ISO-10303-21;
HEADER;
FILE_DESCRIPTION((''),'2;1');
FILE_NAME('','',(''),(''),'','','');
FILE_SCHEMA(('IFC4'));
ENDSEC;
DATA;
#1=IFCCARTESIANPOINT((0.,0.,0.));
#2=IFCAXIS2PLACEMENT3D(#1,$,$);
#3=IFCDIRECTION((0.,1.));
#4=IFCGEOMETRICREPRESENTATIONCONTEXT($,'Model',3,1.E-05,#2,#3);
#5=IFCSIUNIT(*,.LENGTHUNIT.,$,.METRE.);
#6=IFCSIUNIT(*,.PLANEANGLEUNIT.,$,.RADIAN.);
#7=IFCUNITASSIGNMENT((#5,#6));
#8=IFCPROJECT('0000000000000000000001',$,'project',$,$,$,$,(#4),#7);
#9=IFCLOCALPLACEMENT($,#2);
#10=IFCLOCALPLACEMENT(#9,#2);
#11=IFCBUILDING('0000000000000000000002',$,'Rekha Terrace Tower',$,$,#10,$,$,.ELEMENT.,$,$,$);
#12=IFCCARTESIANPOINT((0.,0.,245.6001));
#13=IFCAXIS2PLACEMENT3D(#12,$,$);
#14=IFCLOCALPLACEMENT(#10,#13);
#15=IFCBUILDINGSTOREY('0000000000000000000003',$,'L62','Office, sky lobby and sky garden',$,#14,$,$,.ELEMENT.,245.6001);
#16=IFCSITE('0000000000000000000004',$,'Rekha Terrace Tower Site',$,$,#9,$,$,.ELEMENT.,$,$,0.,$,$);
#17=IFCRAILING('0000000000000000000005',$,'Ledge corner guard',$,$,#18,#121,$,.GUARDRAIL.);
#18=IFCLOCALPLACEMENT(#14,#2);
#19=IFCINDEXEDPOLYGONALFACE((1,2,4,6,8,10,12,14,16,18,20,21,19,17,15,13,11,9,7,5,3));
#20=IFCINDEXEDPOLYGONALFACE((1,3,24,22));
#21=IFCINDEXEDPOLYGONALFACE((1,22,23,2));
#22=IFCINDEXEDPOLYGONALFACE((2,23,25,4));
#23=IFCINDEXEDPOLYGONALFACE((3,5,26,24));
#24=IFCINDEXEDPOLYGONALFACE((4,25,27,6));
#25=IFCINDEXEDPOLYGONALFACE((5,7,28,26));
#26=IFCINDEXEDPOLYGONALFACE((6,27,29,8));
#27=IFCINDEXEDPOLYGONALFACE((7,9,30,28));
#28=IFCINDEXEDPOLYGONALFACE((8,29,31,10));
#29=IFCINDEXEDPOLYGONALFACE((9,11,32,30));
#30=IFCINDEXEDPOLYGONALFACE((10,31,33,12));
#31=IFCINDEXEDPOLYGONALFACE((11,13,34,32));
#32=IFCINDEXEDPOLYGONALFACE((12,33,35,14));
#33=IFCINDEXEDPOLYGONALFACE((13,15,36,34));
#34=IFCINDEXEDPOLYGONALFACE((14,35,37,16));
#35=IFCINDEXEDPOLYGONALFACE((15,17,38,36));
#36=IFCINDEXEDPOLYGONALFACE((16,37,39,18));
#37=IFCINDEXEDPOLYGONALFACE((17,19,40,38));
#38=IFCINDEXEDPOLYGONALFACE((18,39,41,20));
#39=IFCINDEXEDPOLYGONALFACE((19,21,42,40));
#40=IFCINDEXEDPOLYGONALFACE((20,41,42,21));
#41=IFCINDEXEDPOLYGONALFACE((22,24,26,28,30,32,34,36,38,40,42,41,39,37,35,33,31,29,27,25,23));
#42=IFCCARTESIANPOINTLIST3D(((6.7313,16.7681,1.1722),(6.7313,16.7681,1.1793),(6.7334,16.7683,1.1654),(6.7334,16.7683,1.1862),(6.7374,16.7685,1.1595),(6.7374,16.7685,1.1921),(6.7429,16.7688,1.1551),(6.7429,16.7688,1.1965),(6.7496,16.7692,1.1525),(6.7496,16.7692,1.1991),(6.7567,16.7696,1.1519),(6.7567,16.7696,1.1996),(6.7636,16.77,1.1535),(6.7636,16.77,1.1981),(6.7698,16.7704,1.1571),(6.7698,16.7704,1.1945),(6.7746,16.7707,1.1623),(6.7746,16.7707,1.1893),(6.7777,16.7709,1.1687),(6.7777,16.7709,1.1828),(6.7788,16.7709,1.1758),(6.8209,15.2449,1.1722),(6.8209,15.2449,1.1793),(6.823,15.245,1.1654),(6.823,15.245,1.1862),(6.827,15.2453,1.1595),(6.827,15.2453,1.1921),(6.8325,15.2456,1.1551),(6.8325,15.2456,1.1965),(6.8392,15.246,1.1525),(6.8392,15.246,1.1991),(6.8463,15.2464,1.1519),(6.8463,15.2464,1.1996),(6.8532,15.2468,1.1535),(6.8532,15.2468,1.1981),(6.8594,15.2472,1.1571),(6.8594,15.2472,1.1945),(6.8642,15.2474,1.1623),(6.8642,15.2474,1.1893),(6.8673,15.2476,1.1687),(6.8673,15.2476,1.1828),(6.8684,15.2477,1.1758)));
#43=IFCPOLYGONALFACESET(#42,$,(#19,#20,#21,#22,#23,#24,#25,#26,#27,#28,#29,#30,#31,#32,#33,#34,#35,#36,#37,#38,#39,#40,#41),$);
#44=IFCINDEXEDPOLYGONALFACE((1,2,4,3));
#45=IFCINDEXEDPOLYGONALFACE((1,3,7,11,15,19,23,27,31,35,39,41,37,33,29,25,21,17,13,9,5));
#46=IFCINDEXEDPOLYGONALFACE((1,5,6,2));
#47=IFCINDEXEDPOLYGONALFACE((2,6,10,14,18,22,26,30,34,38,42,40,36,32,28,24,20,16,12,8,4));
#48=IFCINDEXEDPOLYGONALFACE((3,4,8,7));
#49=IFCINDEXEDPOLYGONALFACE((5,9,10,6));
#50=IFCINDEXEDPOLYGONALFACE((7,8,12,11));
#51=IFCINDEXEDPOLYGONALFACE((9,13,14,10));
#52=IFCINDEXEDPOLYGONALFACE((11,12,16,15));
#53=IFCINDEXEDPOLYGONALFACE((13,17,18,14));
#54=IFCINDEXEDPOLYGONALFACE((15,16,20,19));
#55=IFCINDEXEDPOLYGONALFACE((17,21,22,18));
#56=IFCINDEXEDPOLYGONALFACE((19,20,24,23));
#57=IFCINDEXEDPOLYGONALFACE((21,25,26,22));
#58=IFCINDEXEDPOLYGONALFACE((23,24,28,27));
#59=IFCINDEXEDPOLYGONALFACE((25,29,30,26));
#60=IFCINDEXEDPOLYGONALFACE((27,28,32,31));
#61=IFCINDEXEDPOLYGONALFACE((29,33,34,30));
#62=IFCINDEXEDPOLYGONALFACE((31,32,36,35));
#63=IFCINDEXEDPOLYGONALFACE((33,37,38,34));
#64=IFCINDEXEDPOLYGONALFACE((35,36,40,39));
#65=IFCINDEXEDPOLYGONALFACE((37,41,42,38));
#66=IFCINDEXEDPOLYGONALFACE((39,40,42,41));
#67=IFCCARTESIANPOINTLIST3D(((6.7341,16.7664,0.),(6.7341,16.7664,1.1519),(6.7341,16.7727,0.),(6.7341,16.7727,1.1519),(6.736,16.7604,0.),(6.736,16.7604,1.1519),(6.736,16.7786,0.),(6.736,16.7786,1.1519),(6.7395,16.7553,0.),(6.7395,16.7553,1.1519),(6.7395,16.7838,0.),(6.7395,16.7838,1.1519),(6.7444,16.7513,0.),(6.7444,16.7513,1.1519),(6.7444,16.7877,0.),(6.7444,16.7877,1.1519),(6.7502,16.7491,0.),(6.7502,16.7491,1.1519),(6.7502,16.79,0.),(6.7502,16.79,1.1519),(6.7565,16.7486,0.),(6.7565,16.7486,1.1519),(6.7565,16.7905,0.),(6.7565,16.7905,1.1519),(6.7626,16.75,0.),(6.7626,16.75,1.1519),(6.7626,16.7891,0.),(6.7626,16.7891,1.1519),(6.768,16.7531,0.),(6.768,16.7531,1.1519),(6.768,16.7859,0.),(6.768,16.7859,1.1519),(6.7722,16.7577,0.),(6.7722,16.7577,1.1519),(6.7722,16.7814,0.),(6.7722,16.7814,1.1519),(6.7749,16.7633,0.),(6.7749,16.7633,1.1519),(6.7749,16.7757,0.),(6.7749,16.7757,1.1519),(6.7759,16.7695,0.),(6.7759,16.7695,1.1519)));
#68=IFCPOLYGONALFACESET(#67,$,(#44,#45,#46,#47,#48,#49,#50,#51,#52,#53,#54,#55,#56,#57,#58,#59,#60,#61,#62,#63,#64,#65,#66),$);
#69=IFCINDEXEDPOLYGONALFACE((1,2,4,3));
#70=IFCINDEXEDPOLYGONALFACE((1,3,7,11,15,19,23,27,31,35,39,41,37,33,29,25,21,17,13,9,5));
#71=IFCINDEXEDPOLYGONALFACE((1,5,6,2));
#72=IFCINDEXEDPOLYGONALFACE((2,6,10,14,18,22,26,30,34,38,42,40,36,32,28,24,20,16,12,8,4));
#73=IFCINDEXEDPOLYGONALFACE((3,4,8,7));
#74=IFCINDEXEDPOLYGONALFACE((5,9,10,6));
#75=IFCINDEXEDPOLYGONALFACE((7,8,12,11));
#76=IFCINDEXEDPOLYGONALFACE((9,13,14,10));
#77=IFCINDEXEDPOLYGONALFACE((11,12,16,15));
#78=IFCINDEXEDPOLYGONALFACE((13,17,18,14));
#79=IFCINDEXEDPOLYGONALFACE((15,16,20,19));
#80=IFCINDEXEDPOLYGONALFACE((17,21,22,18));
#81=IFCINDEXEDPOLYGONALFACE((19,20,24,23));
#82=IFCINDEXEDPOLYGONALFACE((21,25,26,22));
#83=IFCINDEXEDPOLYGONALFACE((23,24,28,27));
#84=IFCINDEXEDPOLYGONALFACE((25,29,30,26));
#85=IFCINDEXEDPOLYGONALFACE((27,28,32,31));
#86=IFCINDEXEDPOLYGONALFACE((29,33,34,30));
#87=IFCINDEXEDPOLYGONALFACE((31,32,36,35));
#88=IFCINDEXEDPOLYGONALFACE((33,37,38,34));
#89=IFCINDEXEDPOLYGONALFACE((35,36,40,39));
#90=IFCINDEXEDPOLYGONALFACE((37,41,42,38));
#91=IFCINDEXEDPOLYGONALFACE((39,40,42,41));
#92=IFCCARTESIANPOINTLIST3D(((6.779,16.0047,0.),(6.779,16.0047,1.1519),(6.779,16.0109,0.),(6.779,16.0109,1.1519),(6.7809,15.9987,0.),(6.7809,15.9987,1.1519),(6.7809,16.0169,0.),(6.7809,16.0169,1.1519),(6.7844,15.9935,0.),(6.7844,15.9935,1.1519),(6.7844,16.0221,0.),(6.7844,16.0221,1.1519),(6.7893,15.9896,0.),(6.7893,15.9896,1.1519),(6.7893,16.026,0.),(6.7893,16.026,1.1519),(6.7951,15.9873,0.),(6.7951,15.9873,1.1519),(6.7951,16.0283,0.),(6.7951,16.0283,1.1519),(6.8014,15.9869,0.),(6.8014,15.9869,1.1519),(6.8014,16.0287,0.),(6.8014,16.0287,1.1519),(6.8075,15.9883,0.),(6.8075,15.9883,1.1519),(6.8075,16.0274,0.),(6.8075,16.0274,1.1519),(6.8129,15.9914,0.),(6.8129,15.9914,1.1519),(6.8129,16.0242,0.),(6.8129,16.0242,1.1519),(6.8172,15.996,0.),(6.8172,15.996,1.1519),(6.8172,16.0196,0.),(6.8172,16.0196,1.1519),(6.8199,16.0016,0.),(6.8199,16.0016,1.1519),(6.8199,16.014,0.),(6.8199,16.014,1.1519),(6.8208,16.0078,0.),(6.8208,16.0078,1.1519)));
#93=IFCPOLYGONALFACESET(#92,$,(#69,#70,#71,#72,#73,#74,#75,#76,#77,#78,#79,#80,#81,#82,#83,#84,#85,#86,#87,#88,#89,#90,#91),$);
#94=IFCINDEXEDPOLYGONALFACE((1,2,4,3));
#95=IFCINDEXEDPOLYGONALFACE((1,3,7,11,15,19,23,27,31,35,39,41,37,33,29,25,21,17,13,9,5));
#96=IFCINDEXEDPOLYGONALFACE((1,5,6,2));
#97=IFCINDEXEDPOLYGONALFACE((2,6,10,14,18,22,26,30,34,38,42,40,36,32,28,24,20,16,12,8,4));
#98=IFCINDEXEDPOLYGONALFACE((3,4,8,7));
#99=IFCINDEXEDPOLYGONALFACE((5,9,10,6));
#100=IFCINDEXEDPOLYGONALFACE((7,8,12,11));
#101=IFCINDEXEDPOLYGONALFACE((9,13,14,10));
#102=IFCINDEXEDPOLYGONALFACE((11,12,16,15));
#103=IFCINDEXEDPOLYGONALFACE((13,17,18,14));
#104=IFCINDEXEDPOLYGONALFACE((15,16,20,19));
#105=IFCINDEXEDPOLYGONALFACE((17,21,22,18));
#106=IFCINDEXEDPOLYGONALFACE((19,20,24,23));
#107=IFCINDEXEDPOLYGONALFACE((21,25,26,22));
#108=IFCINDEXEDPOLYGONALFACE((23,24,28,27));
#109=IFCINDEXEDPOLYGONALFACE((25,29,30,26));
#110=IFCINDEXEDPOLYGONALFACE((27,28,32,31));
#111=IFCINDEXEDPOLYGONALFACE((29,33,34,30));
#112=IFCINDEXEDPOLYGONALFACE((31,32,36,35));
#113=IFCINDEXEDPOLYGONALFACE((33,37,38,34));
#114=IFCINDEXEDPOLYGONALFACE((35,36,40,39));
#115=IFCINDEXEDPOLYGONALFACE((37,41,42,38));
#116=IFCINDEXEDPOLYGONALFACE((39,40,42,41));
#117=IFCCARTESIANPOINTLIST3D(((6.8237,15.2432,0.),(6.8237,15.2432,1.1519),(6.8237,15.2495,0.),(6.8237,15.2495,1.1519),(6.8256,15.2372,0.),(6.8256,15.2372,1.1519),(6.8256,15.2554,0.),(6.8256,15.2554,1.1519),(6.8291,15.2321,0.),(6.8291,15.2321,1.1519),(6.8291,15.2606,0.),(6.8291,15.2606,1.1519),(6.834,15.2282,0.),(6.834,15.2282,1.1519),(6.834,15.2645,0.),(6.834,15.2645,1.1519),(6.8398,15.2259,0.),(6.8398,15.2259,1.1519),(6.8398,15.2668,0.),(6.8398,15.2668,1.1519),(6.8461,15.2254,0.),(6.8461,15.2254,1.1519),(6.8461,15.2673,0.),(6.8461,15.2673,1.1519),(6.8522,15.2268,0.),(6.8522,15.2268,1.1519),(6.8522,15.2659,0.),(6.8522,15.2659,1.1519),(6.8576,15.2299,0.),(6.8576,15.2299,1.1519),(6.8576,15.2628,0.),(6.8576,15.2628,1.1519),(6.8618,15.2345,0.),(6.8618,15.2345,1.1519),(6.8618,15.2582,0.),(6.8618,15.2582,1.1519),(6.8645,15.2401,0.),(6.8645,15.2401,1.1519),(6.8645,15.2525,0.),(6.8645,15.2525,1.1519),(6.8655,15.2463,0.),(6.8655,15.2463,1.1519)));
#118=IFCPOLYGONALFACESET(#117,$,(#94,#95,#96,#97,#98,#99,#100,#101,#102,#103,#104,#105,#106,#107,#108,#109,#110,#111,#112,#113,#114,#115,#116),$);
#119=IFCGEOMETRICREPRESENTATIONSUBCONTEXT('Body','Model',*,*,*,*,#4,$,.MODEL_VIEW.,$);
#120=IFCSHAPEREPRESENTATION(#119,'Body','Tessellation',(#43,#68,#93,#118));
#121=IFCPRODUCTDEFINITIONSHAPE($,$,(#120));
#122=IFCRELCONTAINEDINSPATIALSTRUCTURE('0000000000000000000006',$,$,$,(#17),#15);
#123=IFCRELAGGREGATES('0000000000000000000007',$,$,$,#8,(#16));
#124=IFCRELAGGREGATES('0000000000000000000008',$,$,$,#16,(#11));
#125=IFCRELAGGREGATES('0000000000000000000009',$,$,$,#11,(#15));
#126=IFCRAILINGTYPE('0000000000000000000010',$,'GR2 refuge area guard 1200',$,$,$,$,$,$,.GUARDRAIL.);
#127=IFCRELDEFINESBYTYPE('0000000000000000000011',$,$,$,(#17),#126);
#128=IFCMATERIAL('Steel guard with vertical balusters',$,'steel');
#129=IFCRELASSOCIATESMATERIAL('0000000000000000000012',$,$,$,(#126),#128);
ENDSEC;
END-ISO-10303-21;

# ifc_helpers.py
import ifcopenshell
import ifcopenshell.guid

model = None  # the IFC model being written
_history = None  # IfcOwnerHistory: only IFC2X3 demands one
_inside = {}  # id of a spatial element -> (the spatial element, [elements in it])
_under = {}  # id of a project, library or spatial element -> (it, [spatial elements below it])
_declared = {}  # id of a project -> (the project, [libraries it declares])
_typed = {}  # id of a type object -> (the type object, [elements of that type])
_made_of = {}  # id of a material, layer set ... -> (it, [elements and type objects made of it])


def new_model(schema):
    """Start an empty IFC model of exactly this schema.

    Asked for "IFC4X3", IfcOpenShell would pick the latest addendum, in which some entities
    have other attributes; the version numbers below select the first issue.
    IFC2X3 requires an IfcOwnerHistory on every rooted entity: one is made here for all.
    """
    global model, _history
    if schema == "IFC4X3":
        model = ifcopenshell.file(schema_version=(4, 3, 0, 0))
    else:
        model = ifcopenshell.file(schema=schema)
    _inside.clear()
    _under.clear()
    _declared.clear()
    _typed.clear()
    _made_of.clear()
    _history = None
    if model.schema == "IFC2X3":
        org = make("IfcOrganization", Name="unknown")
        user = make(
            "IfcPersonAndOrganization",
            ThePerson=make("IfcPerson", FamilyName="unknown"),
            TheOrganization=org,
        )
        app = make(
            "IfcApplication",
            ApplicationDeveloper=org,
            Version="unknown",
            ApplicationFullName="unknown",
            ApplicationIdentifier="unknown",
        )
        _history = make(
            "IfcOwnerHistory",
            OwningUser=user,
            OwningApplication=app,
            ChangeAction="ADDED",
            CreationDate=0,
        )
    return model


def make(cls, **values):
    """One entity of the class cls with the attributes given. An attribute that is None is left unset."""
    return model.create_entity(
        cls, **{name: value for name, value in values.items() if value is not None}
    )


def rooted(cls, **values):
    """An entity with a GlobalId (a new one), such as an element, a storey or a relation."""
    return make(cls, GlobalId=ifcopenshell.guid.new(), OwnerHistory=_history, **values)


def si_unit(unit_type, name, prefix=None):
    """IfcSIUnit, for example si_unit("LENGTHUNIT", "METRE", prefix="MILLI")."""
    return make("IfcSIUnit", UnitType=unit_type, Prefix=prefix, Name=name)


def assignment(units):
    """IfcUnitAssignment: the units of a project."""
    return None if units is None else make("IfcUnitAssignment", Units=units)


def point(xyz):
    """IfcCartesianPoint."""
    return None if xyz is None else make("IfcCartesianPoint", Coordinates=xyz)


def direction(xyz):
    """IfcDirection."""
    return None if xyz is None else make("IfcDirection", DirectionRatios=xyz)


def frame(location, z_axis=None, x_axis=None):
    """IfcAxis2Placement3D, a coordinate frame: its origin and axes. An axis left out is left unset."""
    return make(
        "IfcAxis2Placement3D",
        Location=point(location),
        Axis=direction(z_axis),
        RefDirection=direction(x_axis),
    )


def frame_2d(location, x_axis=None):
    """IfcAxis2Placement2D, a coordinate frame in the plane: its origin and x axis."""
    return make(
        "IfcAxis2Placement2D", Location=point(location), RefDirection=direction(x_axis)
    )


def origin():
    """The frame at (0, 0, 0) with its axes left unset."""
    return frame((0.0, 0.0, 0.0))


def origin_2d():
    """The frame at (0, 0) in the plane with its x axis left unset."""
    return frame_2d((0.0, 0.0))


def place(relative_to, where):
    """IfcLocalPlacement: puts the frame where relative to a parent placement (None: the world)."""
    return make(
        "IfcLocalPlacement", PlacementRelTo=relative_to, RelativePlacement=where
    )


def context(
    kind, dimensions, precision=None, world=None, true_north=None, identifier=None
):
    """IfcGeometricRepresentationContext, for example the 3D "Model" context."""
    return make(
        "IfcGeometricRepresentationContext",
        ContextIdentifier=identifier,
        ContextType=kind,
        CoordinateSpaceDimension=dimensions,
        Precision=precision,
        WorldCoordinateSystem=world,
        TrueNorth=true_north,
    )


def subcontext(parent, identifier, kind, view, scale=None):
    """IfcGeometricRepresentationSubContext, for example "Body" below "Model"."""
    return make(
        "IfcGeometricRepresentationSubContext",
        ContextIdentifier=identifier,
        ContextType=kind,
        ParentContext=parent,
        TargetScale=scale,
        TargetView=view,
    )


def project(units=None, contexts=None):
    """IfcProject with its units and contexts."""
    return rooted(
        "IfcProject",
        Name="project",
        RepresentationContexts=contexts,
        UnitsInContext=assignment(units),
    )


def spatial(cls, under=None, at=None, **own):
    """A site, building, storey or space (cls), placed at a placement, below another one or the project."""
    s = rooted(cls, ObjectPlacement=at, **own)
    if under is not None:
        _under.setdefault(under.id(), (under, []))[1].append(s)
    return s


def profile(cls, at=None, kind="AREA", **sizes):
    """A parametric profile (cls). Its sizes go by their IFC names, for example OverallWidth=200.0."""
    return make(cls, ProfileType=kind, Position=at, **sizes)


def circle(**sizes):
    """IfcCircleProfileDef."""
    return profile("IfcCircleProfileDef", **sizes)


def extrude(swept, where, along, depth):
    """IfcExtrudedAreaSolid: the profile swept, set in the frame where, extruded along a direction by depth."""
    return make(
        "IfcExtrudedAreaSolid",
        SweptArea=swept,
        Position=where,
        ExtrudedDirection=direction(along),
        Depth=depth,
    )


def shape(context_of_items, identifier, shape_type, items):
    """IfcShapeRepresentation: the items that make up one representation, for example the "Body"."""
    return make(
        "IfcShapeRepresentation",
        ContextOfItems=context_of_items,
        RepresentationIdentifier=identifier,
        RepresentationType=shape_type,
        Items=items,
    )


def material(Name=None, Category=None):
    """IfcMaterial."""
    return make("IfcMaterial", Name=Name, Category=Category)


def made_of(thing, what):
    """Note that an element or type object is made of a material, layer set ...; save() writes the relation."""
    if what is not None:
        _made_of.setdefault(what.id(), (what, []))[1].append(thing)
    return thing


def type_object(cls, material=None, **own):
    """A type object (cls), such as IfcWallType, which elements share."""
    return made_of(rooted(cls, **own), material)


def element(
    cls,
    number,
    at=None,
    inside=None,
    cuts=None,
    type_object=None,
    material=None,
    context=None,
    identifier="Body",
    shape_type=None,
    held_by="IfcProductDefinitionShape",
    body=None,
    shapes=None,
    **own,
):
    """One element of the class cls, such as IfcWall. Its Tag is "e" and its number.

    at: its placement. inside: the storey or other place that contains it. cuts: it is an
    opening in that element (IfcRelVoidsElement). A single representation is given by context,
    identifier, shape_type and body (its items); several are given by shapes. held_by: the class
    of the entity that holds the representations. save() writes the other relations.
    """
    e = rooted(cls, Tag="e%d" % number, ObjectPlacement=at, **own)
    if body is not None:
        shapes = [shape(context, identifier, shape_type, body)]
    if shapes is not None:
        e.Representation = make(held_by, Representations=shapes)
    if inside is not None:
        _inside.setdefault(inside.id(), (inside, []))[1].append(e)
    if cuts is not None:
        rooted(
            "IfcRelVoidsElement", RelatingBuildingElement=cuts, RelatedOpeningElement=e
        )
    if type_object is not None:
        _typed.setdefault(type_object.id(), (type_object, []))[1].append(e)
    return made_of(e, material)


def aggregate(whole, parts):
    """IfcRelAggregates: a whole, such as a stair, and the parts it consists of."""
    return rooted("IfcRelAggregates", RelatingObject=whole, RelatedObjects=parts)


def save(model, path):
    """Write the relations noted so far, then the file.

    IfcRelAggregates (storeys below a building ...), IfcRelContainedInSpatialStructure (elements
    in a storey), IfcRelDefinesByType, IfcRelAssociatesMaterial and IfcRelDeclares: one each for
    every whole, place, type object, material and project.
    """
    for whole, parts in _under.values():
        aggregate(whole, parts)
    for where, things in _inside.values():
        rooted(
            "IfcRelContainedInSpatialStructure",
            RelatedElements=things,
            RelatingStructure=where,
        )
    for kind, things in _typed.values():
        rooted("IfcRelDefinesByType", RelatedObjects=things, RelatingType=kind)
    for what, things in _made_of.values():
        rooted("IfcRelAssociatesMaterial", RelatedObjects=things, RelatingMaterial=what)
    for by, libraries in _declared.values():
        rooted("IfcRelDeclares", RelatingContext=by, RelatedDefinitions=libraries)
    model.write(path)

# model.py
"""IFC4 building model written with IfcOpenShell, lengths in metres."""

from ifc_helpers import new_model, si_unit, direction, frame, origin, origin_2d, place, context, subcontext, project, spatial, circle, extrude, material, type_object, element, save


model = new_model("IFC4")

# Units and contexts
model_context = context("Model", 3, precision=1e-05, world=origin(), true_north=direction((0.0, 1.0)))
body_context = subcontext(model_context, "Body", "Model", "MODEL_VIEW")
ifc_project = project(units=[si_unit("LENGTHUNIT", "METRE"), si_unit("PLANEANGLEUNIT", "RADIAN")], contexts=[model_context])

# Site, building, storey
site_placement = place(None, origin())
site = spatial("IfcSite", under=ifc_project, at=site_placement, Name="Rekha Terrace Tower Site", CompositionType="ELEMENT", RefElevation=0.0)
building_placement = place(site_placement, origin())
building = spatial("IfcBuilding", under=site, at=building_placement, Name="Rekha Terrace Tower", CompositionType="ELEMENT")
storey_placement = place(building_placement, frame((0.0, 0.0, 245.6001)))
storey = spatial("IfcBuildingStorey", under=building, at=storey_placement, Name="L62", Description="Office, sky lobby and sky garden", CompositionType="ELEMENT", Elevation=245.6001)

# Railing
ifc_material_1 = material(Name="Steel guard with vertical balusters", Category="steel")
railing_type = type_object("IfcRailingType", Name="GR2 refuge area guard 1200", PredefinedType="GUARDRAIL", material=ifc_material_1)
railing_1_placement = place(storey_placement, frame((6.7549, 16.7695, 0.0)))
element("IfcRailing", 1, at=railing_1_placement, inside=storey, type_object=railing_type, Name="Ledge corner guard", PredefinedType="GUARDRAIL", context=body_context, shape_type="SweptSolid", body=[
    extrude(circle(Radius=0.0239, at=origin_2d()), frame((0.0, 0.0, 1.1758), z_axis=(0.058722, -0.998274, 0.0), x_axis=(0.998274, 0.058722, 0.0)), (0.0, 0.0, 1.0), 1.5259),
    extrude(circle(Radius=0.021, at=origin_2d()), origin(), (0.0, 0.0, 1.0), 1.1519),
    extrude(circle(Radius=0.021, at=origin_2d()), frame((0.0449, -0.7617, 0.0)), (0.0, 0.0, 1.0), 1.1519),
    extrude(circle(Radius=0.021, at=origin_2d()), frame((0.0896, -1.5232, 0.0)), (0.0, 0.0, 1.0), 1.1519),
])

save(model, "model.ifc")
